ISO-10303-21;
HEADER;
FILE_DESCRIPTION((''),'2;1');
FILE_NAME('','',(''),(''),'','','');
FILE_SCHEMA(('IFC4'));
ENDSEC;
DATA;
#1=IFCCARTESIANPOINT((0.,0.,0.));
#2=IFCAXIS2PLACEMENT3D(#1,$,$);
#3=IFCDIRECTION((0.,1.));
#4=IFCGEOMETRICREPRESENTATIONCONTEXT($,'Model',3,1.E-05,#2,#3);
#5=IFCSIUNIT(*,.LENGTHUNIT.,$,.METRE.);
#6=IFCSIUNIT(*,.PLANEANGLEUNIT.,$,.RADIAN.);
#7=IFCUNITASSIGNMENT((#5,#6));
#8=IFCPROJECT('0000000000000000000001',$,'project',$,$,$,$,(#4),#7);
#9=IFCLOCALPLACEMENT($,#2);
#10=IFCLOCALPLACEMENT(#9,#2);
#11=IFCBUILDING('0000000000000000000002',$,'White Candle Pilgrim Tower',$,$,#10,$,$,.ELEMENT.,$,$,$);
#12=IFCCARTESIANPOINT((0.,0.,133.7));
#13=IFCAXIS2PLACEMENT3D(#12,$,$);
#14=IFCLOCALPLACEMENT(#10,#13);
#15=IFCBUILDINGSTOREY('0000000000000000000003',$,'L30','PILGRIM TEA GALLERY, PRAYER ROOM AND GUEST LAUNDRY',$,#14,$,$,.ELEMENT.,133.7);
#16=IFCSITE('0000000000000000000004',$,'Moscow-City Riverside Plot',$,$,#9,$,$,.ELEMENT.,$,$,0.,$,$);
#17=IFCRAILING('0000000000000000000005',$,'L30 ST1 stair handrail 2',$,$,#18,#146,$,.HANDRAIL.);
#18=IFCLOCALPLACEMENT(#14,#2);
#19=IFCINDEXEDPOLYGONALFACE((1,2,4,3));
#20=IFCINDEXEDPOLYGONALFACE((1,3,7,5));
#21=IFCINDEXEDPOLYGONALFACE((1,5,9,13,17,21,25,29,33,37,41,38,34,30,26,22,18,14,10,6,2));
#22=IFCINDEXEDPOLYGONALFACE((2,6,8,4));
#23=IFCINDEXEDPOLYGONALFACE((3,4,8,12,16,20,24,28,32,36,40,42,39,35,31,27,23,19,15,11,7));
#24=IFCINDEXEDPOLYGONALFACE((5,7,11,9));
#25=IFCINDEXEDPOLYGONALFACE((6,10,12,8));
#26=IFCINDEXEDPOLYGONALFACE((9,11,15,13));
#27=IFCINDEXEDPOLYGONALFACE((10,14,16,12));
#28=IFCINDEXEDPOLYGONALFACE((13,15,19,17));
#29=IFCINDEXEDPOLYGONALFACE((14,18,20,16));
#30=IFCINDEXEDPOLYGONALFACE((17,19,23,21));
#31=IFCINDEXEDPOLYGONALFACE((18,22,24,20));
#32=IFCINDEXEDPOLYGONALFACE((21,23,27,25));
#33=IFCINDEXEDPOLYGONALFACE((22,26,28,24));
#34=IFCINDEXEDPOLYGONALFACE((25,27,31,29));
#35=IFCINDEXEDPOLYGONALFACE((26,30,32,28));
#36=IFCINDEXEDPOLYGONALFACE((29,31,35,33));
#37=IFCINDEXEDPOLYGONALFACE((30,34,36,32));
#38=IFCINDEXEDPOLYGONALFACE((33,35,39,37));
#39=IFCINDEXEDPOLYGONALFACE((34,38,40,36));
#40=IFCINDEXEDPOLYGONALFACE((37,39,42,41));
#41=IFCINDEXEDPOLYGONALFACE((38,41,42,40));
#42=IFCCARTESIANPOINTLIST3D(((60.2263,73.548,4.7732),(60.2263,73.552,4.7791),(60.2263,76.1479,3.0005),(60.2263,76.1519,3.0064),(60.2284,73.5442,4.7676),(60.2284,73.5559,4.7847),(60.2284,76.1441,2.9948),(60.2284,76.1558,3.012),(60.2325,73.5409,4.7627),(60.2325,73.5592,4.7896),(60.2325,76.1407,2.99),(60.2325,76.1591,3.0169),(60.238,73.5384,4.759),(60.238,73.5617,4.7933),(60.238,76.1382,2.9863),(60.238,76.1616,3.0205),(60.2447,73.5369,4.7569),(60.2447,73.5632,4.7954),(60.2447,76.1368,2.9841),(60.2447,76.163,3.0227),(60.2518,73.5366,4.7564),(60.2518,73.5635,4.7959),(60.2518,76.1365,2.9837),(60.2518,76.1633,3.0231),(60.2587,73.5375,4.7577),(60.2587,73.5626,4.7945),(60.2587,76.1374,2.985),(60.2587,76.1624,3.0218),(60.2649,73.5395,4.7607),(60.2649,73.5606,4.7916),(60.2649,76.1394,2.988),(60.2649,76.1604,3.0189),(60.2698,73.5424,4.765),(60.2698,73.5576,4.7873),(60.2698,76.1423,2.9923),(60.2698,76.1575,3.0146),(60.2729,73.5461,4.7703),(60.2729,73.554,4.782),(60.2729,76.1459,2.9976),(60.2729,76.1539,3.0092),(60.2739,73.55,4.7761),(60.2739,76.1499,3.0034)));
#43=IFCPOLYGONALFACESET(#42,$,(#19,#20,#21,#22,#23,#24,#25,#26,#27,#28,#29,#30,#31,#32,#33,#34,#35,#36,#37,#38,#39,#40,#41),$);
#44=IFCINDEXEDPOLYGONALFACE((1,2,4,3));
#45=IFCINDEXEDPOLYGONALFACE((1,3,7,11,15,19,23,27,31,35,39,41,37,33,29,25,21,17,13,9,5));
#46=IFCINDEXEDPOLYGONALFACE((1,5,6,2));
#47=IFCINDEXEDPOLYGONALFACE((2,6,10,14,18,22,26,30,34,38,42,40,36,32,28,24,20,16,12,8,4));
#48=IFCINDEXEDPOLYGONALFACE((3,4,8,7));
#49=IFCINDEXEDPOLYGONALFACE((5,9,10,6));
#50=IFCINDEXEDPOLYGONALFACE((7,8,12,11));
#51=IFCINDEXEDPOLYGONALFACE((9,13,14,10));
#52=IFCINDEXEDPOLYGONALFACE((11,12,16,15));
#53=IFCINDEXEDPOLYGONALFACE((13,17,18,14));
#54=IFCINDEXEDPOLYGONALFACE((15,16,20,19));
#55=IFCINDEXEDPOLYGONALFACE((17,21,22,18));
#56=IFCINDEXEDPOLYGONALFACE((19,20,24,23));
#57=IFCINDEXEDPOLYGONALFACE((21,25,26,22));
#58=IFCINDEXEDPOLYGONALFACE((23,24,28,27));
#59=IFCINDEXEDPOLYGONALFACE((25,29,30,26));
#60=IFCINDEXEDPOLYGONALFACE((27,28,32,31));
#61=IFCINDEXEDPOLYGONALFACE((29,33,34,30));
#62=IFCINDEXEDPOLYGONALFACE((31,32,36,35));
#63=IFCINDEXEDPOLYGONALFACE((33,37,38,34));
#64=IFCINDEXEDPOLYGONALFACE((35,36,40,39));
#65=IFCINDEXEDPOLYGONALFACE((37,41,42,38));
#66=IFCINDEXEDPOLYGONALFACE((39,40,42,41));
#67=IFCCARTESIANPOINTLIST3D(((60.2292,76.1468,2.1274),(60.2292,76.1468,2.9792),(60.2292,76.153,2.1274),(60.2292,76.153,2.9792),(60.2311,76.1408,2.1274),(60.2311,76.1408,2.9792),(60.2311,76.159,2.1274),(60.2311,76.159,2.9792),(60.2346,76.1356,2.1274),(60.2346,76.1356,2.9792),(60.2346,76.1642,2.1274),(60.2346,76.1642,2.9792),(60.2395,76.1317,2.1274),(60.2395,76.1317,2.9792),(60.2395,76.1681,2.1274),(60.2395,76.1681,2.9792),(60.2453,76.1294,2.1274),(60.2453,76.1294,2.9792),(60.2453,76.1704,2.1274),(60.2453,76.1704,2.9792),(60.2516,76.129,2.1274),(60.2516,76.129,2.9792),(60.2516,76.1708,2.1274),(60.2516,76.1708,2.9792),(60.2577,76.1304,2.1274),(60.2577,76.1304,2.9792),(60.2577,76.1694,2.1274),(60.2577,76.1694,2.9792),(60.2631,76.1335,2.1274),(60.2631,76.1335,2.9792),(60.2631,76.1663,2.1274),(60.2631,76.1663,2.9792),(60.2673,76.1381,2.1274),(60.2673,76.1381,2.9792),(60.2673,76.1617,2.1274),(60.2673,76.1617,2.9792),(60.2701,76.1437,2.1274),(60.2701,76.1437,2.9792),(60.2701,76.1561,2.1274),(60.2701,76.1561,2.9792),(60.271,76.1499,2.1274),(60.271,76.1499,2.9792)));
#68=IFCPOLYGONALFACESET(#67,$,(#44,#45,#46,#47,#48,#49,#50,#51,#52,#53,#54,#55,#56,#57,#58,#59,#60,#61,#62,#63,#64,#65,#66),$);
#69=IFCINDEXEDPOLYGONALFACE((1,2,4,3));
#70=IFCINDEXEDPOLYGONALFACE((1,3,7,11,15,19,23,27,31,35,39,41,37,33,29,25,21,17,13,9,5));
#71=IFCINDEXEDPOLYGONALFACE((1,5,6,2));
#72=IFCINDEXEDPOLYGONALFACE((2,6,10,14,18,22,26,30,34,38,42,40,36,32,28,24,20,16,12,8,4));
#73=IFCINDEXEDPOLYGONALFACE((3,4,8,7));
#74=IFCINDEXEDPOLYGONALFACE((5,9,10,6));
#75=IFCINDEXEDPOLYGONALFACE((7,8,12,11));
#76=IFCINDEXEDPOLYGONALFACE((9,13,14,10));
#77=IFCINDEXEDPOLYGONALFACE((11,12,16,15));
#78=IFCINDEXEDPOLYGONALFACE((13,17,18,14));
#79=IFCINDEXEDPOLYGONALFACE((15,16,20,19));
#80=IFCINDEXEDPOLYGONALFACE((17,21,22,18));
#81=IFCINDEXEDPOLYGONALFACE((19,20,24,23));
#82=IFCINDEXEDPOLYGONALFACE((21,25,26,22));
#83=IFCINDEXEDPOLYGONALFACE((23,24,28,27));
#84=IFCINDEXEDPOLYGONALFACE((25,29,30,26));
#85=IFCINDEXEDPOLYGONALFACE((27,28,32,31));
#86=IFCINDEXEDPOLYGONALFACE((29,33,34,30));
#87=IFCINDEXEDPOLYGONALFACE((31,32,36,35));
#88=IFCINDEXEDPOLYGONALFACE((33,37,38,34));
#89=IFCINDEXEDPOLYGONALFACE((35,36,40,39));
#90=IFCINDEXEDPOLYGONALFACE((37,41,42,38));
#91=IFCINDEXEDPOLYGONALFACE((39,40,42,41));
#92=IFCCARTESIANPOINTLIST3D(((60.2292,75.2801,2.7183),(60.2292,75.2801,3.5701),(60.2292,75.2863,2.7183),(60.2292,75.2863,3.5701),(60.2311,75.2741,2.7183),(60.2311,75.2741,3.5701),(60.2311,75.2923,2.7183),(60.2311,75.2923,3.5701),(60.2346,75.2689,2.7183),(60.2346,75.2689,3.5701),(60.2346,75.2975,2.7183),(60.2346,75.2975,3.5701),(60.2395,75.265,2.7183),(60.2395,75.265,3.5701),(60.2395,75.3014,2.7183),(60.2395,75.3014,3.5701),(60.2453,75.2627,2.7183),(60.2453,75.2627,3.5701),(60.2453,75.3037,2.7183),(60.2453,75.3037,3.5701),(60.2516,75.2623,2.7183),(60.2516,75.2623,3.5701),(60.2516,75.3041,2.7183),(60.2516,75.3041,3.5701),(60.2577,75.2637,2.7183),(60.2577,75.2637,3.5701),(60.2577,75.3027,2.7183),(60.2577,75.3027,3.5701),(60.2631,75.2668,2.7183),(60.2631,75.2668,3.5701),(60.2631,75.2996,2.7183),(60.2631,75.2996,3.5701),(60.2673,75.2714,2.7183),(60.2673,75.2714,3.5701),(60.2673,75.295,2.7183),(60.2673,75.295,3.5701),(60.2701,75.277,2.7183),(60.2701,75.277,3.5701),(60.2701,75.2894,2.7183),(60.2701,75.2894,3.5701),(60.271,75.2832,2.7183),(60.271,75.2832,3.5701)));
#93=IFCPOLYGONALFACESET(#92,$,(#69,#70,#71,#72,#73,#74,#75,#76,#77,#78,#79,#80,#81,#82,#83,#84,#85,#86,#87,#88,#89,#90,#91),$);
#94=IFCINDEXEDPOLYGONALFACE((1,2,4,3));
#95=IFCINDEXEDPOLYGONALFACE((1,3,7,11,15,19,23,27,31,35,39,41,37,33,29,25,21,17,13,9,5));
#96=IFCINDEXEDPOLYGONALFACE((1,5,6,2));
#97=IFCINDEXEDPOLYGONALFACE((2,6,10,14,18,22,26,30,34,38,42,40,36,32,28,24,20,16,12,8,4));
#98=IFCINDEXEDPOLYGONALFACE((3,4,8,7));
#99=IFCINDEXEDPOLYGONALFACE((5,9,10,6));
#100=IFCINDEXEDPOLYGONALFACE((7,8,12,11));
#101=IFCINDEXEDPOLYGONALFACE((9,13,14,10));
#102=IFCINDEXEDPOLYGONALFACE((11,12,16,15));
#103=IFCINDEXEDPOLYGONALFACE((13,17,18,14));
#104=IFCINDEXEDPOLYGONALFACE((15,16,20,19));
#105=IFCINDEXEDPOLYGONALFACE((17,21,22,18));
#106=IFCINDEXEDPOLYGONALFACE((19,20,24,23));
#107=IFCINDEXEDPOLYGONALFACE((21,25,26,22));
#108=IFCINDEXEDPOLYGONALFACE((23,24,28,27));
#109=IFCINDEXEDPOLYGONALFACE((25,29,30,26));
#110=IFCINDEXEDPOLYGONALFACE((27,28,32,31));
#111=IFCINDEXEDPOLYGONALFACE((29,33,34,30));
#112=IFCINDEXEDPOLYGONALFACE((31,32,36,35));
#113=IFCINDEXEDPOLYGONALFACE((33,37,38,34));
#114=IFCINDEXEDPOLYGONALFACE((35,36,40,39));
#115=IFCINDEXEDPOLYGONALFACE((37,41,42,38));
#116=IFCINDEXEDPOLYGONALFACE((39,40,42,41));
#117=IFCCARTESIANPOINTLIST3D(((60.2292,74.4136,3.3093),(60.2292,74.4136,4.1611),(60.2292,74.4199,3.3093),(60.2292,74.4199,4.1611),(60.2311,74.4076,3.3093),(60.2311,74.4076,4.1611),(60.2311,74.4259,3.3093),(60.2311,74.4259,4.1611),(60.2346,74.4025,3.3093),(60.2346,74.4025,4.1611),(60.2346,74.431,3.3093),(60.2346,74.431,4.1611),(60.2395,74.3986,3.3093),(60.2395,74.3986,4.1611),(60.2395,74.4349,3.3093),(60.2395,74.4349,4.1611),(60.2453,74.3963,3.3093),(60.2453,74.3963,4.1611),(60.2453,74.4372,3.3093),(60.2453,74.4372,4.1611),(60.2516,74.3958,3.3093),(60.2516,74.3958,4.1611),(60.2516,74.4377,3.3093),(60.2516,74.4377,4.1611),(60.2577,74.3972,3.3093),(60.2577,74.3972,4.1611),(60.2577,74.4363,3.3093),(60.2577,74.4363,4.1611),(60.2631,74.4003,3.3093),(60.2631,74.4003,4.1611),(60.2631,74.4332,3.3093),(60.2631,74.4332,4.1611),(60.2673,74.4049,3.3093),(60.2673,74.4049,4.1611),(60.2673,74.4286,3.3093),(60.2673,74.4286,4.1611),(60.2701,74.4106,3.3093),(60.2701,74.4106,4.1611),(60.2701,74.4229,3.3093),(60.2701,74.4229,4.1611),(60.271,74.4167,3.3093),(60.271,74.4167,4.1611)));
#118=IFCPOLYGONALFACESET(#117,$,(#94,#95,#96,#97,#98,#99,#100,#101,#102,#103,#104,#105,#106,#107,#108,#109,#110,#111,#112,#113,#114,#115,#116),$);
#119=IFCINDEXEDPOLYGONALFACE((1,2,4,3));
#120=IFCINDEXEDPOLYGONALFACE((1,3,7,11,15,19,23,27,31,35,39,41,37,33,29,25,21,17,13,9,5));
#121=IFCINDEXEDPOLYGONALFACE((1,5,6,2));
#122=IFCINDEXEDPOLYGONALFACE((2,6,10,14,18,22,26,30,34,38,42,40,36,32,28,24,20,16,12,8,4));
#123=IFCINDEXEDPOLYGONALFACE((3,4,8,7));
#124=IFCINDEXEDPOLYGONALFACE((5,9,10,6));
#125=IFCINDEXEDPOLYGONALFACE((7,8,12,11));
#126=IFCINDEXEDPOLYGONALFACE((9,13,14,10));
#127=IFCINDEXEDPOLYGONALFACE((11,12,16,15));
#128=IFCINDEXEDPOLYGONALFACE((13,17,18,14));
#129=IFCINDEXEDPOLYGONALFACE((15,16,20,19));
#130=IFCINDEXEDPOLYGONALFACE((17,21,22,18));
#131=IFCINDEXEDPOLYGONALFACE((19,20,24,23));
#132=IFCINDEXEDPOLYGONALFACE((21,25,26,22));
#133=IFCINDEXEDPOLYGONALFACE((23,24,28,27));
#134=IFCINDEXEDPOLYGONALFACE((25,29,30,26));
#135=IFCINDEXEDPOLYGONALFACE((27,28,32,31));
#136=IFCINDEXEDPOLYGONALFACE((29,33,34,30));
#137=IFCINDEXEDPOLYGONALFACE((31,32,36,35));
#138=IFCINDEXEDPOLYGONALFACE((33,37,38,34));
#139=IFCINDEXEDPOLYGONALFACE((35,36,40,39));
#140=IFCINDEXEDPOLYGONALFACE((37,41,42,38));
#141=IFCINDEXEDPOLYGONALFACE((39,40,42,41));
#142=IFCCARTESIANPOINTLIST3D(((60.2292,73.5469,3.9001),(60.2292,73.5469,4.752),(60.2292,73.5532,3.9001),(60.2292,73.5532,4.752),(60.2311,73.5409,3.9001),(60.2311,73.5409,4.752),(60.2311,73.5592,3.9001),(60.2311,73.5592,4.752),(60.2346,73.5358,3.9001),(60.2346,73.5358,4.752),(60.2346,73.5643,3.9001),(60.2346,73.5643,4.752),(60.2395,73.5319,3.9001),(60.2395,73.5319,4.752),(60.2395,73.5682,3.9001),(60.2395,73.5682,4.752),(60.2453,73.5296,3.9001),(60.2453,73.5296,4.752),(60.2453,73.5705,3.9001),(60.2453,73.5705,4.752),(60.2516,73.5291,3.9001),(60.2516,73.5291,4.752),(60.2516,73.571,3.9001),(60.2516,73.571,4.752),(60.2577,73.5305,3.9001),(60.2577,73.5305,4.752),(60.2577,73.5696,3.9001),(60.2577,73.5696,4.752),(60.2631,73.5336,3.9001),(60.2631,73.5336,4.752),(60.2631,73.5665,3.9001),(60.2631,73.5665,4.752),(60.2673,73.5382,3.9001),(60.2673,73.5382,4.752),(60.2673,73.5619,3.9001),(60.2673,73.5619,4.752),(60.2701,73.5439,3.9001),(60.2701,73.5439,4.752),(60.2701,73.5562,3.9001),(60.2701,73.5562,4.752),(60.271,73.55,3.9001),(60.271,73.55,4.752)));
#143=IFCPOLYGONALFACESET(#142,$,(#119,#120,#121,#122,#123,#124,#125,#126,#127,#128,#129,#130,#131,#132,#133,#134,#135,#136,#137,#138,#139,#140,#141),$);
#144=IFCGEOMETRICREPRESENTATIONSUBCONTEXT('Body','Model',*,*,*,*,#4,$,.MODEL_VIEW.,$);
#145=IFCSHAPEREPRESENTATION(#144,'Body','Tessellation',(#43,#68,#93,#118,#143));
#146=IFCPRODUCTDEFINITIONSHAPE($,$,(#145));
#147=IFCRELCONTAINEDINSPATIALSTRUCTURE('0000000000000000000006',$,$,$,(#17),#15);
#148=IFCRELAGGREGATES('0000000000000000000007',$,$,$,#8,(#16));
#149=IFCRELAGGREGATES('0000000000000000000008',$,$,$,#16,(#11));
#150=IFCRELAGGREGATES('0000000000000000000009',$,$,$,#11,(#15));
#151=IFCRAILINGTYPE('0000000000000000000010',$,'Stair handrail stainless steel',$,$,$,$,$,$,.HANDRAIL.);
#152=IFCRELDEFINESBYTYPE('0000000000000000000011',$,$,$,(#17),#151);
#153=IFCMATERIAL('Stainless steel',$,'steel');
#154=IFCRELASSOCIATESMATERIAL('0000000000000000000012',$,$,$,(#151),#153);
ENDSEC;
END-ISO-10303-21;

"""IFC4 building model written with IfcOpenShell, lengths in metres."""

from ifc_helpers import new_model, si_unit, direction, frame, origin, origin_2d, place, context, subcontext, project, spatial, circle, extrude, material, type_object, element, save


model = new_model("IFC4")

# Units and contexts
model_context = context("Model", 3, precision=1e-05, world=origin(), true_north=direction((0.0, 1.0)))
body_context = subcontext(model_context, "Body", "Model", "MODEL_VIEW")
ifc_project = project(units=[si_unit("LENGTHUNIT", "METRE"), si_unit("PLANEANGLEUNIT", "RADIAN")], contexts=[model_context])

# Site, building, storey
site_placement = place(None, origin())
site = spatial("IfcSite", under=ifc_project, at=site_placement, Name="Moscow-City Riverside Plot", CompositionType="ELEMENT", RefElevation=0.0)
building_placement = place(site_placement, origin())
building = spatial("IfcBuilding", under=site, at=building_placement, Name="White Candle Pilgrim Tower", CompositionType="ELEMENT")
storey_placement = place(building_placement, frame((0.0, 0.0, 133.7)))
storey = spatial("IfcBuildingStorey", under=building, at=storey_placement, Name="L30", Description="PILGRIM TEA GALLERY, PRAYER ROOM AND GUEST LAUNDRY", CompositionType="ELEMENT", Elevation=133.7)

# Railing
ifc_material_1 = material(Name="Stainless steel", Category="steel")
railing_type_1 = type_object("IfcRailingType", Name="Stair handrail stainless steel", PredefinedType="HANDRAIL", material=ifc_material_1)
railing_1_placement = place(storey_placement, frame((60.25, 76.1499, 2.1274)))
element("IfcRailing", 1, at=railing_1_placement, inside=storey, type_object=railing_type_1, Name="L30 ST1 stair handrail 2", PredefinedType="HANDRAIL", context=body_context, shape_type="SweptSolid", body=[
    extrude(circle(Radius=0.0239, at=origin_2d()), frame((0.0, 0.0, 0.876), z_axis=(0.0, -0.826216, 0.563354), x_axis=(1.0, 0.0, 0.0)), (0.0, 0.0, 1.0), 3.1467),
    extrude(circle(Radius=0.021, at=origin_2d()), origin(), (0.0, 0.0, 1.0), 0.8518),
    extrude(circle(Radius=0.021, at=origin_2d()), frame((0.0, -0.8667, 0.5908)), (0.0, 0.0, 1.0), 0.8518),
    extrude(circle(Radius=0.021, at=origin_2d()), frame((0.0, -1.7332, 1.1819)), (0.0, 0.0, 1.0), 0.8518),
    extrude(circle(Radius=0.021, at=origin_2d()), frame((0.0, -2.5999, 1.7727)), (0.0, 0.0, 1.0), 0.8518),
])

save(model, "model.ifc")
